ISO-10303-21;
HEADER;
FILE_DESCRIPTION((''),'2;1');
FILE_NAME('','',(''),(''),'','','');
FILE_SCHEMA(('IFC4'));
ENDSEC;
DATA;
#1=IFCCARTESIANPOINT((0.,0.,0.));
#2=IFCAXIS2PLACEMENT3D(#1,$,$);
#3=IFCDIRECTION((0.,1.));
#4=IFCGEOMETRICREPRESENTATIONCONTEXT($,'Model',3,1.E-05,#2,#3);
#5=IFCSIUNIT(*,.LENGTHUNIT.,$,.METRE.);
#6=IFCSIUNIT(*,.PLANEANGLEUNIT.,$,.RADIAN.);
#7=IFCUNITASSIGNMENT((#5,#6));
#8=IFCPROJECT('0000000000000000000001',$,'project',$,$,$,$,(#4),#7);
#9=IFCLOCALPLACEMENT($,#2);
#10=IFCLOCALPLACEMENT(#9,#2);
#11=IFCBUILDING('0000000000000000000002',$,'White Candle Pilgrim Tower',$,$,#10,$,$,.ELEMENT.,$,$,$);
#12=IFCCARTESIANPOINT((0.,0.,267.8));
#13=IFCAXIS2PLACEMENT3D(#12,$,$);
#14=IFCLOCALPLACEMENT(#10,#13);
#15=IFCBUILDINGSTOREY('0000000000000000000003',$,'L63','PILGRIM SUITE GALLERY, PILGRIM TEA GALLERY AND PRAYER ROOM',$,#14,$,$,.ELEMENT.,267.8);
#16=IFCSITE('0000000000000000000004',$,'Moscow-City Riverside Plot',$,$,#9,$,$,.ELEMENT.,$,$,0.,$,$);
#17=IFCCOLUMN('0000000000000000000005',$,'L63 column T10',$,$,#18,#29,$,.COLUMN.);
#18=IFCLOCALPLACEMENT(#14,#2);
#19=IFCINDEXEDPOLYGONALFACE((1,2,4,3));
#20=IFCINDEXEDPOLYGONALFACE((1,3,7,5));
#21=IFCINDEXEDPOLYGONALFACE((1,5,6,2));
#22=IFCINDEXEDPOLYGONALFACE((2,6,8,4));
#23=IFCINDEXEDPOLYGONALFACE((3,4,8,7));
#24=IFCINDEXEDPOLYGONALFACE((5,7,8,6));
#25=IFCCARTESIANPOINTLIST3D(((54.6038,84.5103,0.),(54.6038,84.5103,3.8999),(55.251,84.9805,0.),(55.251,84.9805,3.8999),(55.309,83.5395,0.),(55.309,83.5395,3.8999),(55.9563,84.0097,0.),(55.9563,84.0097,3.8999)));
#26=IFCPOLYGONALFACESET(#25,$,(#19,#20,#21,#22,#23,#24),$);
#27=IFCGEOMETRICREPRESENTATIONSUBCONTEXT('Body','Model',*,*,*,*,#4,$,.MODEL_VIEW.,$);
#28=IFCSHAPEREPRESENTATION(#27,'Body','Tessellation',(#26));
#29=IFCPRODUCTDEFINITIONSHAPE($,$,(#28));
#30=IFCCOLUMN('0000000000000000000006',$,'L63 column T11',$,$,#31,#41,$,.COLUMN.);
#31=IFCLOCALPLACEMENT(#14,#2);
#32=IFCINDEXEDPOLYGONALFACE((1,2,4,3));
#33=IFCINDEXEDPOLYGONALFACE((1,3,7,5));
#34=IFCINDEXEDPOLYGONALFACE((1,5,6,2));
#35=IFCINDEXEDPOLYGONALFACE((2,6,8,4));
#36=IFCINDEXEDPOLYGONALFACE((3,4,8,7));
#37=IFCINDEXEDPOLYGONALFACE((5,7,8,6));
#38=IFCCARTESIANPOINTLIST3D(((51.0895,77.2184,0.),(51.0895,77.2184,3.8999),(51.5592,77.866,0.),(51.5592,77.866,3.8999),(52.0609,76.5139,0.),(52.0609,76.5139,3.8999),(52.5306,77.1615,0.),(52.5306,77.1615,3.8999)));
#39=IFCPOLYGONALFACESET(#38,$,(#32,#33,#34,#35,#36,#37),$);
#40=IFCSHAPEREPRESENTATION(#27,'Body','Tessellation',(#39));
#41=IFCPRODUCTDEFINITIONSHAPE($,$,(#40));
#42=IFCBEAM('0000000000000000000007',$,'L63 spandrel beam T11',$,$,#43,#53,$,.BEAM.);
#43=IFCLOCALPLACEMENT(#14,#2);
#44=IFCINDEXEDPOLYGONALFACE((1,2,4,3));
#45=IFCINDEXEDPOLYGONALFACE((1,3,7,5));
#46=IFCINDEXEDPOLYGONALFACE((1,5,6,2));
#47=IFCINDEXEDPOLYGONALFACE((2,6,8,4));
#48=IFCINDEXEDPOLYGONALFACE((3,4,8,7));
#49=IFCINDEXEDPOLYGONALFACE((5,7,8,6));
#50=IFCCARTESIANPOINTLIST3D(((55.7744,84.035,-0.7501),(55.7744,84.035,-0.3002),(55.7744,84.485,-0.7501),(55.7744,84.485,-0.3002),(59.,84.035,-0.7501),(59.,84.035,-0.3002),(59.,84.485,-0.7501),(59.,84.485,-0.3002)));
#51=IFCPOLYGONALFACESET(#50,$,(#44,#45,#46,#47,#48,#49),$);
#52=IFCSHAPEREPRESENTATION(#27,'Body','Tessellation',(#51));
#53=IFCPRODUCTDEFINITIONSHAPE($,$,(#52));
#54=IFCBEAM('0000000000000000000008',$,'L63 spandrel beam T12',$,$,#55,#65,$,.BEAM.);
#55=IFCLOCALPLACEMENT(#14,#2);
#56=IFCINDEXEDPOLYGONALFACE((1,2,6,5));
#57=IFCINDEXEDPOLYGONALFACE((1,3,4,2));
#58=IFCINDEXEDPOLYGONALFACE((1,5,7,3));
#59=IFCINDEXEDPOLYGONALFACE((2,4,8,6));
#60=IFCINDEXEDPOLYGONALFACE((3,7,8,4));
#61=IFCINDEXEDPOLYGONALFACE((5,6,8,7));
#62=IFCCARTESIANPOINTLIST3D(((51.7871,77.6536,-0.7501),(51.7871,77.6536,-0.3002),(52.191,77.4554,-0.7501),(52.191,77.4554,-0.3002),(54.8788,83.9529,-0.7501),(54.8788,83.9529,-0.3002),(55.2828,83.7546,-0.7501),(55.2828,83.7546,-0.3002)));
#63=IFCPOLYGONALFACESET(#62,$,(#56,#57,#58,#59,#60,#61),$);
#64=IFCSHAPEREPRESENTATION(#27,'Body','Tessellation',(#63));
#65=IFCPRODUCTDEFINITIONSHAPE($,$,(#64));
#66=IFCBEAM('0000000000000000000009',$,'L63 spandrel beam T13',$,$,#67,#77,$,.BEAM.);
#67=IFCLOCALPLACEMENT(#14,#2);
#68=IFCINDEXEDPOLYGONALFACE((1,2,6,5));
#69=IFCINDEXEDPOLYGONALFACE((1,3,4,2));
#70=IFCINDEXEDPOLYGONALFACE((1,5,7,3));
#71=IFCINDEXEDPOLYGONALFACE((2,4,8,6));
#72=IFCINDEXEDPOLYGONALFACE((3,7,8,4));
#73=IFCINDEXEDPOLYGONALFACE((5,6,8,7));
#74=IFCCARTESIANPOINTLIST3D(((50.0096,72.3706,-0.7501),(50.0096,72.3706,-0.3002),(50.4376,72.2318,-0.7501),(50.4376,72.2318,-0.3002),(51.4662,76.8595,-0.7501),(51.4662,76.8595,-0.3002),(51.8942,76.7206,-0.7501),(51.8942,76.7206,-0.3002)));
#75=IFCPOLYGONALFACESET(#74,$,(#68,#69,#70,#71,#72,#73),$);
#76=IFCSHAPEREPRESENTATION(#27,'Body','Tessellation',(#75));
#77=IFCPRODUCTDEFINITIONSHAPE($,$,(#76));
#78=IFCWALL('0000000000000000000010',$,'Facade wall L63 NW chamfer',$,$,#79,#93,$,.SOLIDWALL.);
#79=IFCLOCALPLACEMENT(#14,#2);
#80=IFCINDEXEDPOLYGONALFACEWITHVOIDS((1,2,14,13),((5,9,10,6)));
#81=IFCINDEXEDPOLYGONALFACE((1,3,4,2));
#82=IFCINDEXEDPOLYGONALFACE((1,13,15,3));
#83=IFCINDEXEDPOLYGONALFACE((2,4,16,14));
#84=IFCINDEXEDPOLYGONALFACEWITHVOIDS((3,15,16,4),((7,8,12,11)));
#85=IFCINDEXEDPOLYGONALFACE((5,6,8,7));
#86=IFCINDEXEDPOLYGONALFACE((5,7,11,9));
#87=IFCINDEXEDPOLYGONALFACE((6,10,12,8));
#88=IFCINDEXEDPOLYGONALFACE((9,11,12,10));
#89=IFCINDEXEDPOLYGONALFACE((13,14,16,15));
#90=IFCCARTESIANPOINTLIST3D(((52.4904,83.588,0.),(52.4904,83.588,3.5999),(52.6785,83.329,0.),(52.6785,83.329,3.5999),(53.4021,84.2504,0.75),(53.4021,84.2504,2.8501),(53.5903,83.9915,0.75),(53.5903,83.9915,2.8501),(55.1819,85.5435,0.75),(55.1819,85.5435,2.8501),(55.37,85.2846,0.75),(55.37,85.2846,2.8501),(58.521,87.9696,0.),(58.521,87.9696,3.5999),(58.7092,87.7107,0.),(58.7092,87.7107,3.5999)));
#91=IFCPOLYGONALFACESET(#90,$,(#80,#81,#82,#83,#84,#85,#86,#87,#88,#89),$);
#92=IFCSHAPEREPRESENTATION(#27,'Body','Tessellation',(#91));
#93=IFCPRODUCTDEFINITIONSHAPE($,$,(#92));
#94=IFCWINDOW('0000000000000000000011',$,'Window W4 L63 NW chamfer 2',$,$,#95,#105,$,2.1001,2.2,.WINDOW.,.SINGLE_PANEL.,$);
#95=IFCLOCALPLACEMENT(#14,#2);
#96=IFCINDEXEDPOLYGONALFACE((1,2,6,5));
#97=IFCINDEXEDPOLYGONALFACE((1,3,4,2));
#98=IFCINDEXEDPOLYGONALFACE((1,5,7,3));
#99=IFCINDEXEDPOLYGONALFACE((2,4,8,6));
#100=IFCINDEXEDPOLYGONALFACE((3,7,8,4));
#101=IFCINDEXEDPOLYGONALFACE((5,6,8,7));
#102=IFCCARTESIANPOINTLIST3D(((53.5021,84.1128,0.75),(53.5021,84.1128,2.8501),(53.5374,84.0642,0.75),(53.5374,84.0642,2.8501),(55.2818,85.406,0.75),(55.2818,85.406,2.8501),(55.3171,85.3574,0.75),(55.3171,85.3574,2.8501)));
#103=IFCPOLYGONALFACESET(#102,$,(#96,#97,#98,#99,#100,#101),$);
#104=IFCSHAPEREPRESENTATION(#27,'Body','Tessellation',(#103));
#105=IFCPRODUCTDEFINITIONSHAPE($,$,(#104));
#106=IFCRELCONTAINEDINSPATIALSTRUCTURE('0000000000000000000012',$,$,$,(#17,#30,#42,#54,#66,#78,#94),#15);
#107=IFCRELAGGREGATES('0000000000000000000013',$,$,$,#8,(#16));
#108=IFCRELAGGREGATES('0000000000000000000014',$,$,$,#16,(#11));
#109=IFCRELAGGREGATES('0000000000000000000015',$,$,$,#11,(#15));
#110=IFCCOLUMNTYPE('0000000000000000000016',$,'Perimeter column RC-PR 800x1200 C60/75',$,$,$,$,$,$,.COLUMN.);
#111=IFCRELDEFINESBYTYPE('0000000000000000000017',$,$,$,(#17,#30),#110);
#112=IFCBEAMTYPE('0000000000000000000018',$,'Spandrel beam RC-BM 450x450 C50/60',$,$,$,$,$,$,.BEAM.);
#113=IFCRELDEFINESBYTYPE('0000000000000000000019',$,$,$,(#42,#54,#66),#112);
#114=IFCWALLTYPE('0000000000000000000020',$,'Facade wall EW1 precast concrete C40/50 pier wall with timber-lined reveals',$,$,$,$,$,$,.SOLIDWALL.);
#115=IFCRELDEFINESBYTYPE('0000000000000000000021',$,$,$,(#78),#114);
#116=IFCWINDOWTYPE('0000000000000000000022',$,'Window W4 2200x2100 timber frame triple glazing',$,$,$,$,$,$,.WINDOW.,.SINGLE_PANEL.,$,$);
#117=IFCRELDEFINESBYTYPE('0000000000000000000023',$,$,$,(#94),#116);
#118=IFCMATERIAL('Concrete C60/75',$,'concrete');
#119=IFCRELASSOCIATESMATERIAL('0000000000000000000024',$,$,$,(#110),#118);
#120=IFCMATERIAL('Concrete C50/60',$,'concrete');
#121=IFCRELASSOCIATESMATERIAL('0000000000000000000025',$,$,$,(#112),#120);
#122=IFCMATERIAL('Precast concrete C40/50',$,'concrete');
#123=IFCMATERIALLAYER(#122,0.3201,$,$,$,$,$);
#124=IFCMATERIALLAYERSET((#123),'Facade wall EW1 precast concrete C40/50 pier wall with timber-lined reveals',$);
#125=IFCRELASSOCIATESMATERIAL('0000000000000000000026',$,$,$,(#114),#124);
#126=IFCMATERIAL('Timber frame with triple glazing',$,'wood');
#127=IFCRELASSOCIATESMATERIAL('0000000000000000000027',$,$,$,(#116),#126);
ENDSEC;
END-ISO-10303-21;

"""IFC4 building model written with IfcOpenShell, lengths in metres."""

from ifc_helpers import new_model, si_unit, direction, frame, frame_2d, origin, origin_2d, place, context, subcontext, project, spatial, rectangle, extrude, material, layer, layer_set, material_profile, profile_set, type_object, element, fill, save


model = new_model("IFC4")

# Units and contexts
model_context = context("Model", 3, precision=1e-05, world=origin(), true_north=direction((0.0, 1.0)))
body_context = subcontext(model_context, "Body", "Model", "MODEL_VIEW")
ifc_project = project(units=[si_unit("LENGTHUNIT", "METRE"), si_unit("PLANEANGLEUNIT", "RADIAN")], contexts=[model_context])

# Site, building, storey
site_placement = place(None, origin())
site = spatial("IfcSite", under=ifc_project, at=site_placement, Name="Moscow-City Riverside Plot", CompositionType="ELEMENT", RefElevation=0.0)
building_placement = place(site_placement, origin())
building = spatial("IfcBuilding", under=site, at=building_placement, Name="White Candle Pilgrim Tower", CompositionType="ELEMENT")
storey_placement = place(building_placement, frame((0.0, 0.0, 267.8)))
storey = spatial("IfcBuildingStorey", under=building, at=storey_placement, Name="L63", Description="PILGRIM SUITE GALLERY, PILGRIM TEA GALLERY AND PRAYER ROOM", CompositionType="ELEMENT", Elevation=267.8)

# Columns
ifc_material_1 = material(Name="Concrete C60/75", Category="concrete")
ifc_material_profile_1 = material_profile(ifc_material_1, rectangle(XDim=0.8, YDim=1.2, at=origin_2d()), Name="RC-PR 800x1200")
ifc_profile_set_1 = profile_set([ifc_material_profile_1], Name="Concrete C60/75")
column_type = type_object("IfcColumnType", Name="Perimeter column RC-PR 800x1200 C60/75", PredefinedType="COLUMN", material=ifc_profile_set_1)
for number, where, z_axis, x_axis, name in (
    (1, (55.28, 84.26, 0.0), (0.0, 0.0, 1.0), (0.809027, 0.587771, 0.0), "L63 column T10"),
    (2, (51.8101, 77.1899, 0.0), (0.0, 0.0, 1.0), (0.587107, 0.809509, 0.0), "L63 column T11"),
):
    element("IfcColumn", number, at=place(storey_placement, frame(where, z_axis=z_axis, x_axis=x_axis)), inside=storey, type_object=column_type, Name=name, PredefinedType="COLUMN", context=body_context, shape_type="SweptSolid", body=[
        extrude(rectangle(XDim=0.8, YDim=1.2, at=origin_2d()), origin(), (0.0, 0.0, 1.0), 3.8999),
    ])

# Beams
ifc_material_2 = material(Name="Concrete C50/60", Category="concrete")
ifc_material_profile_2 = material_profile(ifc_material_2, rectangle(XDim=0.45, YDim=0.45, at=origin_2d()), Name="RC-BM 450x450")
ifc_profile_set_2 = profile_set([ifc_material_profile_2], Name="Concrete C50/60")
beam_type = type_object("IfcBeamType", Name="Spandrel beam RC-BM 450x450 C50/60", PredefinedType="BEAM", material=ifc_profile_set_2)
beam_1_placement = place(storey_placement, frame((55.7744, 84.26, -0.5251), z_axis=(1.0, 0.0, 0.0), x_axis=(0.0, 1.0, 0.0)))
element("IfcBeam", 3, at=beam_1_placement, inside=storey, type_object=beam_type, Name="L63 spandrel beam T11", PredefinedType="BEAM", context=body_context, shape_type="SweptSolid", body=[
    extrude(rectangle(XDim=0.45, YDim=0.45, at=origin_2d()), origin(), (0.0, 0.0, 1.0), 3.2256),
])
beam_2_placement = place(storey_placement, frame((55.0808, 83.8538, -0.5251), z_axis=(-0.440605, -0.897701, 0.0), x_axis=(0.897701, -0.440605, 0.0)))
element("IfcBeam", 4, at=beam_2_placement, inside=storey, type_object=beam_type, Name="L63 spandrel beam T12", PredefinedType="BEAM", context=body_context, shape_type="SweptSolid", body=[
    extrude(rectangle(XDim=0.45, YDim=0.45, at=origin_2d()), origin(), (0.0, 0.0, 1.0), 7.0171),
])
beam_3_placement = place(storey_placement, frame((51.6802, 76.79, -0.5251), z_axis=(-0.308644, -0.951178, 0.0), x_axis=(0.951178, -0.308644, 0.0)))
element("IfcBeam", 5, at=beam_3_placement, inside=storey, type_object=beam_type, Name="L63 spandrel beam T13", PredefinedType="BEAM", context=body_context, shape_type="SweptSolid", body=[
    extrude(rectangle(XDim=0.45, YDim=0.45, at=origin_2d()), origin(), (0.0, 0.0, 1.0), 4.7192),
])

# Wall, opening, window
ifc_material_3 = material(Name="Precast concrete C40/50", Category="concrete")
ifc_layer_1 = layer(ifc_material_3, 0.3201)
ifc_layer_set_1 = layer_set([ifc_layer_1], Name="Facade wall EW1 precast concrete C40/50 pier wall with timber-lined reveals")
wall_type_1 = type_object("IfcWallType", Name="Facade wall EW1 precast concrete C40/50 pier wall with timber-lined reveals", PredefinedType="SOLIDWALL", material=ifc_layer_set_1)
wall_1_placement = place(storey_placement, frame((58.615, 87.8401, 0.0), z_axis=(0.0, 0.0, 1.0), x_axis=(-0.809007, -0.5878, 0.0)))
wall_1 = element("IfcWall", 6, at=wall_1_placement, inside=storey, type_object=wall_type_1, Name="Facade wall L63 NW chamfer", PredefinedType="SOLIDWALL", context=body_context, shape_type="SweptSolid", body=[
    extrude(rectangle(XDim=7.4543, YDim=0.3201, at=frame_2d((3.7271, 0.0))), origin(), (0.0, 0.0, 1.0), 3.5999),
])
opening_1_placement = place(wall_1_placement, frame((4.1272, 0.0, 0.75)))
opening_1 = element("IfcOpeningElement", 7, at=opening_1_placement, cuts=wall_1, PredefinedType="OPENING", context=body_context, shape_type="SweptSolid", body=[
    extrude(rectangle(XDim=2.2, YDim=2.1001, at=frame_2d((1.1001, 1.05))), frame((0.0, 0.1699, 0.0), z_axis=(0.0, -1.0, 0.0), x_axis=(1.0, 0.0, 0.0)), (0.0, 0.0, 1.0), 0.3401),
])
ifc_material_4 = material(Name="Timber frame with triple glazing", Category="wood")
window_type_1 = type_object("IfcWindowType", Name="Window W4 2200x2100 timber frame triple glazing", PartitioningType="SINGLE_PANEL", PredefinedType="WINDOW", material=ifc_material_4)
window_1_placement = place(opening_1_placement, origin())
window_1 = element("IfcWindow", 8, at=window_1_placement, inside=storey, type_object=window_type_1, Name="Window W4 L63 NW chamfer 2", OverallHeight=2.1001, OverallWidth=2.2, PartitioningType="SINGLE_PANEL", PredefinedType="WINDOW", context=body_context, shape_type="SweptSolid", body=[
    extrude(rectangle(XDim=2.2, YDim=2.1001, at=frame_2d((1.1001, 1.05))), frame((0.0, 0.0701, 0.0), z_axis=(0.0, -1.0, 0.0), x_axis=(1.0, 0.0, 0.0)), (0.0, 0.0, 1.0), 0.0601),
])
fill(opening_1, window_1)

save(model, "model.ifc")
